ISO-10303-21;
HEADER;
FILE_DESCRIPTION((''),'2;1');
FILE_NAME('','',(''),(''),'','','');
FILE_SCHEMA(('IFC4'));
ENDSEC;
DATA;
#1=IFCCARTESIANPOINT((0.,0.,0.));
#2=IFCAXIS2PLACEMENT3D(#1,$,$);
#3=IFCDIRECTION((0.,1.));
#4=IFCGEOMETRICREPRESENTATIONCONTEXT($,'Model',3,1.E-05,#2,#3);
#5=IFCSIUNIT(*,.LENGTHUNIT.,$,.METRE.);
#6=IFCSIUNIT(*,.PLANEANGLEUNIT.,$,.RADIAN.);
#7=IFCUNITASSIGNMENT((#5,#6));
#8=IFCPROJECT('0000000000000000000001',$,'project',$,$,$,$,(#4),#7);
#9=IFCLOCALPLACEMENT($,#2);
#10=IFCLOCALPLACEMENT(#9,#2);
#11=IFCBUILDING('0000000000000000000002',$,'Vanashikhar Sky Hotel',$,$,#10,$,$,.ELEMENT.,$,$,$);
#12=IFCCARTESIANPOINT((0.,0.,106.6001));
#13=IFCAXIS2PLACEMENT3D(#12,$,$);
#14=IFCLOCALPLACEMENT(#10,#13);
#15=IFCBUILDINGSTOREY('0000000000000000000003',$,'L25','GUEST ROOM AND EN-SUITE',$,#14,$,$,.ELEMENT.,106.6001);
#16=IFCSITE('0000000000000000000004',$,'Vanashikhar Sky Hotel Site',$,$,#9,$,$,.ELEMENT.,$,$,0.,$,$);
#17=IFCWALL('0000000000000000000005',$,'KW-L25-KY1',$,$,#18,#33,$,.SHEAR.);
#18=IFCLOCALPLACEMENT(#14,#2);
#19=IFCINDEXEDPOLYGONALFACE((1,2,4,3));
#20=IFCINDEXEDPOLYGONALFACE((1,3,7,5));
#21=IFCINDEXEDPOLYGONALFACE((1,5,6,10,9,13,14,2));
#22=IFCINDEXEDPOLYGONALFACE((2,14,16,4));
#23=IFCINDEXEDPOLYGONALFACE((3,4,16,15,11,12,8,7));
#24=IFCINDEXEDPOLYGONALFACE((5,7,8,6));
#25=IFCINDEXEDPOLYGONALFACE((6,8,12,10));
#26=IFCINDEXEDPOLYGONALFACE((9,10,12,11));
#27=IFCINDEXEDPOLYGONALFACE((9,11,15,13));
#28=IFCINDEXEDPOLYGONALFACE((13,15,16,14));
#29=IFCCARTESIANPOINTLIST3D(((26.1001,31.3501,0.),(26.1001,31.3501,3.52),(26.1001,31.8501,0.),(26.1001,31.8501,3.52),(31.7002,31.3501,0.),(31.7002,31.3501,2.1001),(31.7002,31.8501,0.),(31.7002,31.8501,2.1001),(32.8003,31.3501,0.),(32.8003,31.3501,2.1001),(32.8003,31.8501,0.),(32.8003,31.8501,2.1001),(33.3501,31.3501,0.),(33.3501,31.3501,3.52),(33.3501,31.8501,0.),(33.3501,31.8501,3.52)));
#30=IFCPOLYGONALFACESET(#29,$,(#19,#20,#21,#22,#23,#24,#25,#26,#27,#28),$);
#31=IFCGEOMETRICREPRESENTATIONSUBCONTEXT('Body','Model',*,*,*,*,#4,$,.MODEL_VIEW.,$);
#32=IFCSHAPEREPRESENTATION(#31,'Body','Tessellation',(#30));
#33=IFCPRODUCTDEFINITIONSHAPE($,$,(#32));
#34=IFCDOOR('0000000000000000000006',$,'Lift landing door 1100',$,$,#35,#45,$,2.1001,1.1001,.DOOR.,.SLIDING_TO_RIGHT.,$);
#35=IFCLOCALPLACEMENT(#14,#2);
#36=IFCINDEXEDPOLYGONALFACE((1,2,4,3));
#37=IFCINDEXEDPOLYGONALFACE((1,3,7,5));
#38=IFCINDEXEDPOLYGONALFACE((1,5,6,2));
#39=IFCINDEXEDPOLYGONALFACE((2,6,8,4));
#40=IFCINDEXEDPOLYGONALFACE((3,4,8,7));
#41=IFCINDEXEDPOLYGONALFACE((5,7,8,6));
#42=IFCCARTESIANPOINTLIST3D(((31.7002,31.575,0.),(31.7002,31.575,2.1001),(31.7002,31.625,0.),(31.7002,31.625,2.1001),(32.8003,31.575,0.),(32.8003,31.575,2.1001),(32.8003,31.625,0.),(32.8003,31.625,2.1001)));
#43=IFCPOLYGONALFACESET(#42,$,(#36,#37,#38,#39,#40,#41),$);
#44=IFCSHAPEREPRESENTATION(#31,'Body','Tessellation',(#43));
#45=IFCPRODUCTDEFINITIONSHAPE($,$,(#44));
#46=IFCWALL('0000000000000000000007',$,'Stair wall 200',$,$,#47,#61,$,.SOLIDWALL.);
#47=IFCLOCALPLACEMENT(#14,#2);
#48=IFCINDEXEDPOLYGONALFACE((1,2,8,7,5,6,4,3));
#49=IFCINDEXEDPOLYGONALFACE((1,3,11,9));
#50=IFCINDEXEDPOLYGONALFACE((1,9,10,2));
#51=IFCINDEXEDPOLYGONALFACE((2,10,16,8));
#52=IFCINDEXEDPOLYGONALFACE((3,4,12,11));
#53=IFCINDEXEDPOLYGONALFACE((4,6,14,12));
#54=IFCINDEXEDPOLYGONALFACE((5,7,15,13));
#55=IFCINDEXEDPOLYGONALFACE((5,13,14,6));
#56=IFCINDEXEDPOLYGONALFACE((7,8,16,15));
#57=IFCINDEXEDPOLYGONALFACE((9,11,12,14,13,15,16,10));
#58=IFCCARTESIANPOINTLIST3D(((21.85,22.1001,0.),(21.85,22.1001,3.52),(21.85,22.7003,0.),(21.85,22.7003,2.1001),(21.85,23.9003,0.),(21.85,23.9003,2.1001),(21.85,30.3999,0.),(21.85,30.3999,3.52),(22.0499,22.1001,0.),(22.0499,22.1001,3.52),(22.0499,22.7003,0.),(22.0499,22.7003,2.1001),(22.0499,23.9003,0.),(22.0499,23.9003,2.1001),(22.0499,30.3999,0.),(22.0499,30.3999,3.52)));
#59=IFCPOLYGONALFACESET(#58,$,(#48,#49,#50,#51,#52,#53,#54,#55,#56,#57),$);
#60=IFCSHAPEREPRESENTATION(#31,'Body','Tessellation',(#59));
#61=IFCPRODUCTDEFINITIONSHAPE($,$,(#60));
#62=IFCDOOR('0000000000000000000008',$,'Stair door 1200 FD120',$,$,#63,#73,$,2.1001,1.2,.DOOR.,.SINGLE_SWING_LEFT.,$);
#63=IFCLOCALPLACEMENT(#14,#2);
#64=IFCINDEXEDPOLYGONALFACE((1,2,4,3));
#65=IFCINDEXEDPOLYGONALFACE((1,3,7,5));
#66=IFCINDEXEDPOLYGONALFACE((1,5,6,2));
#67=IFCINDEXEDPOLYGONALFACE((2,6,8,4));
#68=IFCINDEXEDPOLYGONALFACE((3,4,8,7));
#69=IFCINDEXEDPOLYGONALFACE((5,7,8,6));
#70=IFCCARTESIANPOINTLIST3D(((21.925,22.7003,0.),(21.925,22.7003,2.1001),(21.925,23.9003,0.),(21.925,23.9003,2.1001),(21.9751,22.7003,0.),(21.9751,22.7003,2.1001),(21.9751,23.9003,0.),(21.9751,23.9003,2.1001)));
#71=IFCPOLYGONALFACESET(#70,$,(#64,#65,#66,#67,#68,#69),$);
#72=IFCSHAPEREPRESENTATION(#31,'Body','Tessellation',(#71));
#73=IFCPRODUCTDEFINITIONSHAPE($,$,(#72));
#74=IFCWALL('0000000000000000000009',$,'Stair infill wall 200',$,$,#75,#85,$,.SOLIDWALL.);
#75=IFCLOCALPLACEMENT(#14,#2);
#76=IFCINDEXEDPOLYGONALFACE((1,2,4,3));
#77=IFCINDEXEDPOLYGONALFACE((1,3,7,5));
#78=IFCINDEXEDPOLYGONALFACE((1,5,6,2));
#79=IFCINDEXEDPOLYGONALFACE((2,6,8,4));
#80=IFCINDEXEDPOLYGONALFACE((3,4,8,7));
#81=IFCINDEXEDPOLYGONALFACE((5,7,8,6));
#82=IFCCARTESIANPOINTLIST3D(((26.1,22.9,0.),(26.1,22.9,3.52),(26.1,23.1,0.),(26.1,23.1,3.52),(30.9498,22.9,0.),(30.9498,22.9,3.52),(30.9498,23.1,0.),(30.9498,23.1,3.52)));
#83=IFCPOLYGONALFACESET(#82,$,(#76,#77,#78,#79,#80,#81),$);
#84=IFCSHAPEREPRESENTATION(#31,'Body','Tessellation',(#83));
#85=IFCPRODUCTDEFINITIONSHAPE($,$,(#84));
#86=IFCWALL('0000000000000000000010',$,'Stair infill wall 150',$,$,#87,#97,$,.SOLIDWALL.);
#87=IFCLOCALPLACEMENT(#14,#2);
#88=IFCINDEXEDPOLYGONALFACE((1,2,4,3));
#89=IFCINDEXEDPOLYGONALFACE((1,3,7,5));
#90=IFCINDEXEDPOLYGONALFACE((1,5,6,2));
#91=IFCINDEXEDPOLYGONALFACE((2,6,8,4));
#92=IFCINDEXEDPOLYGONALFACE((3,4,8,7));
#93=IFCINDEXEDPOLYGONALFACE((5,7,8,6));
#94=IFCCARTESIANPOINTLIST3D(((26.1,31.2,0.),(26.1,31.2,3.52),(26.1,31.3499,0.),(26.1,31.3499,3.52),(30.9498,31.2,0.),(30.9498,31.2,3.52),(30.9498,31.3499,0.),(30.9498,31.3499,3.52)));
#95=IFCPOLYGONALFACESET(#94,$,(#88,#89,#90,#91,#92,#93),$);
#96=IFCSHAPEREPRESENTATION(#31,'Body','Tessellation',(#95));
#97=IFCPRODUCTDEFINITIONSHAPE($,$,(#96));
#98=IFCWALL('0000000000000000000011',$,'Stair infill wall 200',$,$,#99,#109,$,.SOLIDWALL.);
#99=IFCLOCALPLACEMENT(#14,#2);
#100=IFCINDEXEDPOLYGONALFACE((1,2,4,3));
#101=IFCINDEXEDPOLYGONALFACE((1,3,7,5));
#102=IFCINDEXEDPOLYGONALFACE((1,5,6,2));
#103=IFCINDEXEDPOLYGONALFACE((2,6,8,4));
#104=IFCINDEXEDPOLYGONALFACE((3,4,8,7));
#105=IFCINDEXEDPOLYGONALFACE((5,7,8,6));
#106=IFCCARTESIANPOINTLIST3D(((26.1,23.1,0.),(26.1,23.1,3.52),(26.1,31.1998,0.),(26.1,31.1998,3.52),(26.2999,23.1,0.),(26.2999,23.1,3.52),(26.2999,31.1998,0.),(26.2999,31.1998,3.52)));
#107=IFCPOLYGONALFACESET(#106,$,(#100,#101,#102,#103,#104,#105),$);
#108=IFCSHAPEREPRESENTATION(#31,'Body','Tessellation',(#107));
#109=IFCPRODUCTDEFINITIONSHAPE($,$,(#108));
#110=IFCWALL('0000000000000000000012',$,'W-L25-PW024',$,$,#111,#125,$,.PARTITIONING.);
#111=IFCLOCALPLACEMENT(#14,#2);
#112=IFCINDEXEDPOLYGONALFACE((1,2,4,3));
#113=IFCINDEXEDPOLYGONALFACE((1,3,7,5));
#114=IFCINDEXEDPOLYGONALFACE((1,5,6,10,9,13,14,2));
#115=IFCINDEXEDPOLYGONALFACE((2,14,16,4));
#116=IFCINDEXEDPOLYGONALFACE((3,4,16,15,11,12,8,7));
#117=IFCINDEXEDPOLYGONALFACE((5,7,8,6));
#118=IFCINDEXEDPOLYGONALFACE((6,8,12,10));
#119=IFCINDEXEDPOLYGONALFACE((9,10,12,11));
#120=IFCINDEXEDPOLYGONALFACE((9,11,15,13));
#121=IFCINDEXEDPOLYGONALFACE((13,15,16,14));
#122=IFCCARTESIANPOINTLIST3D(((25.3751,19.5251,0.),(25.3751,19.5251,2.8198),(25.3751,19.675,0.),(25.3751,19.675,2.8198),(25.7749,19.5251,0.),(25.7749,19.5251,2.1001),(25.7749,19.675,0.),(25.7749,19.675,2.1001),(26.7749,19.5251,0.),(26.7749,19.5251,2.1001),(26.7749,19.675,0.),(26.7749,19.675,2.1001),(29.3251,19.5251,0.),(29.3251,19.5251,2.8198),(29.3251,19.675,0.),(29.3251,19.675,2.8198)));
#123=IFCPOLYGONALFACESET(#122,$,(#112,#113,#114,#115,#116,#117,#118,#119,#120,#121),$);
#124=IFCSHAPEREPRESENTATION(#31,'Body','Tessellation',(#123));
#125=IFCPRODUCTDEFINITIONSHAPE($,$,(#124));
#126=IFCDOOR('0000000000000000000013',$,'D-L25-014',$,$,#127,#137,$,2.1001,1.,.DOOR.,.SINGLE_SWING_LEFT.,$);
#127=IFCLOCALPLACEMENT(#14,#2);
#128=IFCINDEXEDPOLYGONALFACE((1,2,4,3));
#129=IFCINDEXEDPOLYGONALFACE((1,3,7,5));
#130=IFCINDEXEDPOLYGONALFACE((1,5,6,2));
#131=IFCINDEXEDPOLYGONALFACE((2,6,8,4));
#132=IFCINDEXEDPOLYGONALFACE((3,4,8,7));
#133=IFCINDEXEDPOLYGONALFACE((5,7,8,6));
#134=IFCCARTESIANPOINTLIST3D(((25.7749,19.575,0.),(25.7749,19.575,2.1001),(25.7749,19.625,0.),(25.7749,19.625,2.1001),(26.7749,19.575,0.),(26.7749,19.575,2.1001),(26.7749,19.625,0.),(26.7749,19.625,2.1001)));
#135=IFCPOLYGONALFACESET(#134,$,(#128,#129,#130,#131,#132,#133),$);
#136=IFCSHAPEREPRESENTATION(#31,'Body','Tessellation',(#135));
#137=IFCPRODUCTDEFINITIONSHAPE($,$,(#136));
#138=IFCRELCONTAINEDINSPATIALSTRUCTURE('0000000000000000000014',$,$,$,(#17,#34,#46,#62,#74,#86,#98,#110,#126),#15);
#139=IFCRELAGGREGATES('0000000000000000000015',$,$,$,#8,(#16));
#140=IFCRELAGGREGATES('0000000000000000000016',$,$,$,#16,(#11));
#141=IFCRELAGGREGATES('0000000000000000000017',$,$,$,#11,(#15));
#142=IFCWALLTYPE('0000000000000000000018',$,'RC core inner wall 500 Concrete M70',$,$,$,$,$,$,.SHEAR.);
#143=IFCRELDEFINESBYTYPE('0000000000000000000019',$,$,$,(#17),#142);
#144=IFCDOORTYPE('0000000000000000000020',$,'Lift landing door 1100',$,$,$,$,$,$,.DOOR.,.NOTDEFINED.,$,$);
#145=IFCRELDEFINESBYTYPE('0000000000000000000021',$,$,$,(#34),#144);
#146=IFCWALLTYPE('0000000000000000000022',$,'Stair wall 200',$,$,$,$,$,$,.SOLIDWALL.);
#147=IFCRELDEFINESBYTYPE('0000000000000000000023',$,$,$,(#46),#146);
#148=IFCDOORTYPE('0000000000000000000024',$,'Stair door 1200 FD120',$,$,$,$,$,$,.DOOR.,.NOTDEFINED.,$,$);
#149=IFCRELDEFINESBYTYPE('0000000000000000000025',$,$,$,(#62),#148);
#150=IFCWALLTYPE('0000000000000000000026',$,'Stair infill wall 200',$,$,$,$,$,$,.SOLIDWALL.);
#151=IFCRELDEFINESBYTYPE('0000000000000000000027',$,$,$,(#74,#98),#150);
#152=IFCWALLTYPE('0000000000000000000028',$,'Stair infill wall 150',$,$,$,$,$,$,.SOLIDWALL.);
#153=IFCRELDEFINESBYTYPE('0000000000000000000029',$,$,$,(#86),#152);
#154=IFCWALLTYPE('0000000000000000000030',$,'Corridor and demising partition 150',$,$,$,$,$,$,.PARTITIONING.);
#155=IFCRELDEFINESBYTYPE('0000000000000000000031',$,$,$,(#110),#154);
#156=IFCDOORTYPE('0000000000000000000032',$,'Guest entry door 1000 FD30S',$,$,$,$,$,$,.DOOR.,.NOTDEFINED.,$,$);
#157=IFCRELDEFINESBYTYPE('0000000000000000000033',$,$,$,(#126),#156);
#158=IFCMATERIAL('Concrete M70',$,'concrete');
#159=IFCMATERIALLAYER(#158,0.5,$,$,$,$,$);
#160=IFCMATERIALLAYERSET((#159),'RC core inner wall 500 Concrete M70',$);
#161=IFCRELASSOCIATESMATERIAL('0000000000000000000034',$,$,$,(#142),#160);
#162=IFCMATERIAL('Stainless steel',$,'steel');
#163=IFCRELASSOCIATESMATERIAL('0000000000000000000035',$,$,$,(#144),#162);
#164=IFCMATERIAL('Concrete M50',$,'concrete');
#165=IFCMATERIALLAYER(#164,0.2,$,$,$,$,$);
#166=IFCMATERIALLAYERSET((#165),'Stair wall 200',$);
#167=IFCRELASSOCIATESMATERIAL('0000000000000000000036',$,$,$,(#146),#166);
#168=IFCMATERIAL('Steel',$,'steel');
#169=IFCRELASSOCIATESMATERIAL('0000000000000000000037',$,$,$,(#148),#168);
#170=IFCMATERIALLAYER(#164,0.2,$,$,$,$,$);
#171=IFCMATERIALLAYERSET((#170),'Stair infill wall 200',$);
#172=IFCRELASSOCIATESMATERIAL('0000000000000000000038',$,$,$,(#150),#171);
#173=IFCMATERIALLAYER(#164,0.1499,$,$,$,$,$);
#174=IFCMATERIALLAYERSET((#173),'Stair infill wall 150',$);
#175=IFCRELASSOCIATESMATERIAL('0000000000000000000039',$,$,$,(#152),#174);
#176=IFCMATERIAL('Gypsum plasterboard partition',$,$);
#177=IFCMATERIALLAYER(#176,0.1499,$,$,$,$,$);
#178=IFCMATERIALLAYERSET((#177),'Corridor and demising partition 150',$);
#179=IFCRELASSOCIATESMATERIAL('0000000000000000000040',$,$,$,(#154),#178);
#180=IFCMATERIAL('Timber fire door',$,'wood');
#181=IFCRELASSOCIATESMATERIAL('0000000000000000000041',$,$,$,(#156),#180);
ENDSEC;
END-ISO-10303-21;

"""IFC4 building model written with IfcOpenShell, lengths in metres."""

from ifc_helpers import new_model, si_unit, direction, frame, frame_2d, origin, place, context, subcontext, project, spatial, rectangle, extrude, source, transform, mapped, material, layer, layer_set, type_object, element, fill, save


model = new_model("IFC4")

# Units and contexts
model_context = context("Model", 3, precision=1e-05, world=origin(), true_north=direction((0.0, 1.0)))
body_context = subcontext(model_context, "Body", "Model", "MODEL_VIEW")
ifc_project = project(units=[si_unit("LENGTHUNIT", "METRE"), si_unit("PLANEANGLEUNIT", "RADIAN")], contexts=[model_context])

# Site, building, storey
site_placement = place(None, origin())
site = spatial("IfcSite", under=ifc_project, at=site_placement, Name="Vanashikhar Sky Hotel Site", CompositionType="ELEMENT", RefElevation=0.0)
building_placement = place(site_placement, origin())
building = spatial("IfcBuilding", under=site, at=building_placement, Name="Vanashikhar Sky Hotel", CompositionType="ELEMENT")
storey_placement = place(building_placement, frame((0.0, 0.0, 106.6001)))
storey = spatial("IfcBuildingStorey", under=building, at=storey_placement, Name="L25", Description="GUEST ROOM AND EN-SUITE", CompositionType="ELEMENT", Elevation=106.6001)

# Shared definitions
ifc_material_1 = material(Name="Concrete M70", Category="concrete")
ifc_material_2 = material(Name="Steel", Category="steel")

# Walls, openings, doors
ifc_layer_1 = layer(ifc_material_1, 0.5)
ifc_layer_set_1 = layer_set([ifc_layer_1], Name="RC core inner wall 500 Concrete M70")
wall_type_1 = type_object("IfcWallType", Name="RC core inner wall 500 Concrete M70", PredefinedType="SHEAR", material=ifc_layer_set_1)
shared_shape_1 = source(origin(), body_context, "Body", "SweptSolid", [
    extrude(rectangle(XDim=7.25, YDim=0.5, at=frame_2d((3.625, 0.0))), origin(), (0.0, 0.0, 1.0), 3.52),
])
wall_1_placement = place(storey_placement, frame((26.1001, 31.6001, 0.0), z_axis=(0.0, 0.0, 1.0), x_axis=(1.0, 0.0, 0.0)))
wall_1 = element("IfcWall", 1, at=wall_1_placement, inside=storey, type_object=wall_type_1, Name="KW-L25-KY1", PredefinedType="SHEAR", context=body_context, shape_type="MappedRepresentation", body=[
    mapped(shared_shape_1, transform((0.0, 0.0, 0.0), scale=1.0)),
])
shared_shape_2 = source(origin(), body_context, "Body", "SweptSolid", [
    extrude(rectangle(XDim=1.1001, YDim=2.1001, at=frame_2d((0.55, 1.05))), frame((0.0, 0.26, 0.0), z_axis=(0.0, -1.0, 0.0), x_axis=(1.0, 0.0, 0.0)), (0.0, 0.0, 1.0), 0.52),
])
opening_1_placement = place(wall_1_placement, frame((5.6001, 0.0, 0.0)))
opening_1 = element("IfcOpeningElement", 2, at=opening_1_placement, cuts=wall_1, PredefinedType="OPENING", context=body_context, shape_type="MappedRepresentation", body=[
    mapped(shared_shape_2, transform((0.0, 0.0, 0.0), scale=1.0)),
])
ifc_material_3 = material(Name="Stainless steel", Category="steel")
door_type_1 = type_object("IfcDoorType", Name="Lift landing door 1100", OperationType="NOTDEFINED", PredefinedType="DOOR", material=ifc_material_3)
shared_shape_3 = source(origin(), body_context, "Body", "SweptSolid", [
    extrude(rectangle(XDim=1.1001, YDim=2.1001, at=frame_2d((0.55, 1.05))), frame((0.0, 0.0249, 0.0), z_axis=(0.0, -1.0, 0.0), x_axis=(1.0, 0.0, 0.0)), (0.0, 0.0, 1.0), 0.05),
])
door_1_placement = place(opening_1_placement, origin())
door_1 = element("IfcDoor", 3, at=door_1_placement, inside=storey, type_object=door_type_1, Name="Lift landing door 1100", OperationType="SLIDING_TO_RIGHT", OverallHeight=2.1001, OverallWidth=1.1001, PredefinedType="DOOR", context=body_context, shape_type="MappedRepresentation", body=[
    mapped(shared_shape_3, transform((0.0, 0.0, 0.0), scale=1.0)),
])
fill(opening_1, door_1)
ifc_material_4 = material(Name="Concrete M50", Category="concrete")
ifc_layer_2 = layer(ifc_material_4, 0.2)
ifc_layer_set_2 = layer_set([ifc_layer_2], Name="Stair wall 200")
wall_type_2 = type_object("IfcWallType", Name="Stair wall 200", PredefinedType="SOLIDWALL", material=ifc_layer_set_2)
shared_shape_4 = source(origin(), body_context, "Body", "SweptSolid", [
    extrude(rectangle(XDim=8.2998, YDim=0.2, at=frame_2d((4.1499, 0.0))), origin(), (0.0, 0.0, 1.0), 3.52),
])
wall_2_placement = place(storey_placement, frame((21.95, 22.1001, 0.0), z_axis=(0.0, 0.0, 1.0), x_axis=(0.0, 1.0, 0.0)))
wall_2 = element("IfcWall", 4, at=wall_2_placement, inside=storey, type_object=wall_type_2, Name="Stair wall 200", PredefinedType="SOLIDWALL", context=body_context, shape_type="MappedRepresentation", body=[
    mapped(shared_shape_4, transform((0.0, 0.0, 0.0), scale=1.0)),
])
shared_shape_5 = source(origin(), body_context, "Body", "SweptSolid", [
    extrude(rectangle(XDim=1.2, YDim=2.1001, at=frame_2d((0.6001, 1.05))), frame((0.0, 0.1099, 0.0), z_axis=(0.0, -1.0, 0.0), x_axis=(1.0, 0.0, 0.0)), (0.0, 0.0, 1.0), 0.22),
])
opening_2_placement = place(wall_2_placement, frame((0.6001, 0.0, 0.0)))
opening_2 = element("IfcOpeningElement", 5, at=opening_2_placement, cuts=wall_2, PredefinedType="OPENING", context=body_context, shape_type="MappedRepresentation", body=[
    mapped(shared_shape_5, transform((0.0, 0.0, 0.0), scale=1.0)),
])
door_type_2 = type_object("IfcDoorType", Name="Stair door 1200 FD120", OperationType="NOTDEFINED", PredefinedType="DOOR", material=ifc_material_2)
shared_shape_6 = source(origin(), body_context, "Body", "SweptSolid", [
    extrude(rectangle(XDim=1.2, YDim=2.1001, at=frame_2d((0.6001, 1.05))), frame((0.0, 0.0249, 0.0), z_axis=(0.0, -1.0, 0.0), x_axis=(1.0, 0.0, 0.0)), (0.0, 0.0, 1.0), 0.05),
])
door_2_placement = place(opening_2_placement, origin())
door_2 = element("IfcDoor", 6, at=door_2_placement, inside=storey, type_object=door_type_2, Name="Stair door 1200 FD120", OperationType="SINGLE_SWING_LEFT", OverallHeight=2.1001, OverallWidth=1.2, PredefinedType="DOOR", context=body_context, shape_type="MappedRepresentation", body=[
    mapped(shared_shape_6, transform((0.0, 0.0, 0.0), scale=1.0)),
])
fill(opening_2, door_2)

# Walls
ifc_layer_3 = layer(ifc_material_4, 0.2)
ifc_layer_set_3 = layer_set([ifc_layer_3], Name="Stair infill wall 200")
wall_type_3 = type_object("IfcWallType", Name="Stair infill wall 200", PredefinedType="SOLIDWALL", material=ifc_layer_set_3)
shared_shape_7 = source(origin(), body_context, "Body", "SweptSolid", [
    extrude(rectangle(XDim=4.8499, YDim=0.2, at=frame_2d((2.4248, 0.0))), origin(), (0.0, 0.0, 1.0), 3.52),
])
wall_3_placement = place(storey_placement, frame((26.1001, 23.0, 0.0), z_axis=(0.0, 0.0, 1.0), x_axis=(1.0, 0.0, 0.0)))
element("IfcWall", 7, at=wall_3_placement, inside=storey, type_object=wall_type_3, Name="Stair infill wall 200", PredefinedType="SOLIDWALL", context=body_context, shape_type="MappedRepresentation", body=[
    mapped(shared_shape_7, transform((0.0, 0.0, 0.0), scale=1.0)),
])
ifc_layer_4 = layer(ifc_material_4, 0.1499)
ifc_layer_set_4 = layer_set([ifc_layer_4], Name="Stair infill wall 150")
wall_type_4 = type_object("IfcWallType", Name="Stair infill wall 150", PredefinedType="SOLIDWALL", material=ifc_layer_set_4)
shared_shape_8 = source(origin(), body_context, "Body", "SweptSolid", [
    extrude(rectangle(XDim=4.8499, YDim=0.1499, at=frame_2d((2.4248, 0.0))), origin(), (0.0, 0.0, 1.0), 3.52),
])
wall_4_placement = place(storey_placement, frame((26.1001, 31.2749, 0.0), z_axis=(0.0, 0.0, 1.0), x_axis=(1.0, 0.0, 0.0)))
element("IfcWall", 8, at=wall_4_placement, inside=storey, type_object=wall_type_4, Name="Stair infill wall 150", PredefinedType="SOLIDWALL", context=body_context, shape_type="MappedRepresentation", body=[
    mapped(shared_shape_8, transform((0.0, 0.0, 0.0), scale=1.0)),
])
shared_shape_9 = source(origin(), body_context, "Body", "SweptSolid", [
    extrude(rectangle(XDim=8.0999, YDim=0.2, at=frame_2d((4.0498, 0.0))), origin(), (0.0, 0.0, 1.0), 3.52),
])
wall_5_placement = place(storey_placement, frame((26.2, 23.1001, 0.0), z_axis=(0.0, 0.0, 1.0), x_axis=(0.0, 1.0, 0.0)))
element("IfcWall", 9, at=wall_5_placement, inside=storey, type_object=wall_type_3, Name="Stair infill wall 200", PredefinedType="SOLIDWALL", context=body_context, shape_type="MappedRepresentation", body=[
    mapped(shared_shape_9, transform((0.0, 0.0, 0.0), scale=1.0)),
])

# Wall, opening, door
ifc_material_5 = material(Name="Gypsum plasterboard partition")
ifc_layer_5 = layer(ifc_material_5, 0.1499)
ifc_layer_set_5 = layer_set([ifc_layer_5], Name="Corridor and demising partition 150")
wall_type_5 = type_object("IfcWallType", Name="Corridor and demising partition 150", PredefinedType="PARTITIONING", material=ifc_layer_set_5)
shared_shape_10 = source(origin(), body_context, "Body", "SweptSolid", [
    extrude(rectangle(XDim=3.95, YDim=0.1499, at=frame_2d((1.9751, 0.0))), origin(), (0.0, 0.0, 1.0), 2.8198),
])
wall_6_placement = place(storey_placement, frame((25.375, 19.6001, 0.0), z_axis=(0.0, 0.0, 1.0), x_axis=(1.0, 0.0, 0.0)))
wall_6 = element("IfcWall", 10, at=wall_6_placement, inside=storey, type_object=wall_type_5, Name="W-L25-PW024", PredefinedType="PARTITIONING", context=body_context, shape_type="MappedRepresentation", body=[
    mapped(shared_shape_10, transform((0.0, 0.0, 0.0), scale=1.0)),
])
shared_shape_11 = source(origin(), body_context, "Body", "SweptSolid", [
    extrude(rectangle(XDim=1.0, YDim=2.1001, at=frame_2d((0.5, 1.05))), frame((0.0, 0.085, 0.0), z_axis=(0.0, -1.0, 0.0), x_axis=(1.0, 0.0, 0.0)), (0.0, 0.0, 1.0), 0.1699),
])
opening_3_placement = place(wall_6_placement, frame((0.3999, 0.0, 0.0)))
opening_3 = element("IfcOpeningElement", 11, at=opening_3_placement, cuts=wall_6, PredefinedType="OPENING", context=body_context, shape_type="MappedRepresentation", body=[
    mapped(shared_shape_11, transform((0.0, 0.0, 0.0), scale=1.0)),
])
ifc_material_6 = material(Name="Timber fire door", Category="wood")
door_type_3 = type_object("IfcDoorType", Name="Guest entry door 1000 FD30S", OperationType="NOTDEFINED", PredefinedType="DOOR", material=ifc_material_6)
shared_shape_12 = source(origin(), body_context, "Body", "SweptSolid", [
    extrude(rectangle(XDim=1.0, YDim=2.1001, at=frame_2d((0.5, 1.05))), frame((0.0, 0.0249, 0.0), z_axis=(0.0, -1.0, 0.0), x_axis=(1.0, 0.0, 0.0)), (0.0, 0.0, 1.0), 0.05),
])
door_3_placement = place(opening_3_placement, origin())
door_3 = element("IfcDoor", 12, at=door_3_placement, inside=storey, type_object=door_type_3, Name="D-L25-014", OperationType="SINGLE_SWING_LEFT", OverallHeight=2.1001, OverallWidth=1.0, PredefinedType="DOOR", context=body_context, shape_type="MappedRepresentation", body=[
    mapped(shared_shape_12, transform((0.0, 0.0, 0.0), scale=1.0)),
])
fill(opening_3, door_3)

save(model, "model.ifc")
